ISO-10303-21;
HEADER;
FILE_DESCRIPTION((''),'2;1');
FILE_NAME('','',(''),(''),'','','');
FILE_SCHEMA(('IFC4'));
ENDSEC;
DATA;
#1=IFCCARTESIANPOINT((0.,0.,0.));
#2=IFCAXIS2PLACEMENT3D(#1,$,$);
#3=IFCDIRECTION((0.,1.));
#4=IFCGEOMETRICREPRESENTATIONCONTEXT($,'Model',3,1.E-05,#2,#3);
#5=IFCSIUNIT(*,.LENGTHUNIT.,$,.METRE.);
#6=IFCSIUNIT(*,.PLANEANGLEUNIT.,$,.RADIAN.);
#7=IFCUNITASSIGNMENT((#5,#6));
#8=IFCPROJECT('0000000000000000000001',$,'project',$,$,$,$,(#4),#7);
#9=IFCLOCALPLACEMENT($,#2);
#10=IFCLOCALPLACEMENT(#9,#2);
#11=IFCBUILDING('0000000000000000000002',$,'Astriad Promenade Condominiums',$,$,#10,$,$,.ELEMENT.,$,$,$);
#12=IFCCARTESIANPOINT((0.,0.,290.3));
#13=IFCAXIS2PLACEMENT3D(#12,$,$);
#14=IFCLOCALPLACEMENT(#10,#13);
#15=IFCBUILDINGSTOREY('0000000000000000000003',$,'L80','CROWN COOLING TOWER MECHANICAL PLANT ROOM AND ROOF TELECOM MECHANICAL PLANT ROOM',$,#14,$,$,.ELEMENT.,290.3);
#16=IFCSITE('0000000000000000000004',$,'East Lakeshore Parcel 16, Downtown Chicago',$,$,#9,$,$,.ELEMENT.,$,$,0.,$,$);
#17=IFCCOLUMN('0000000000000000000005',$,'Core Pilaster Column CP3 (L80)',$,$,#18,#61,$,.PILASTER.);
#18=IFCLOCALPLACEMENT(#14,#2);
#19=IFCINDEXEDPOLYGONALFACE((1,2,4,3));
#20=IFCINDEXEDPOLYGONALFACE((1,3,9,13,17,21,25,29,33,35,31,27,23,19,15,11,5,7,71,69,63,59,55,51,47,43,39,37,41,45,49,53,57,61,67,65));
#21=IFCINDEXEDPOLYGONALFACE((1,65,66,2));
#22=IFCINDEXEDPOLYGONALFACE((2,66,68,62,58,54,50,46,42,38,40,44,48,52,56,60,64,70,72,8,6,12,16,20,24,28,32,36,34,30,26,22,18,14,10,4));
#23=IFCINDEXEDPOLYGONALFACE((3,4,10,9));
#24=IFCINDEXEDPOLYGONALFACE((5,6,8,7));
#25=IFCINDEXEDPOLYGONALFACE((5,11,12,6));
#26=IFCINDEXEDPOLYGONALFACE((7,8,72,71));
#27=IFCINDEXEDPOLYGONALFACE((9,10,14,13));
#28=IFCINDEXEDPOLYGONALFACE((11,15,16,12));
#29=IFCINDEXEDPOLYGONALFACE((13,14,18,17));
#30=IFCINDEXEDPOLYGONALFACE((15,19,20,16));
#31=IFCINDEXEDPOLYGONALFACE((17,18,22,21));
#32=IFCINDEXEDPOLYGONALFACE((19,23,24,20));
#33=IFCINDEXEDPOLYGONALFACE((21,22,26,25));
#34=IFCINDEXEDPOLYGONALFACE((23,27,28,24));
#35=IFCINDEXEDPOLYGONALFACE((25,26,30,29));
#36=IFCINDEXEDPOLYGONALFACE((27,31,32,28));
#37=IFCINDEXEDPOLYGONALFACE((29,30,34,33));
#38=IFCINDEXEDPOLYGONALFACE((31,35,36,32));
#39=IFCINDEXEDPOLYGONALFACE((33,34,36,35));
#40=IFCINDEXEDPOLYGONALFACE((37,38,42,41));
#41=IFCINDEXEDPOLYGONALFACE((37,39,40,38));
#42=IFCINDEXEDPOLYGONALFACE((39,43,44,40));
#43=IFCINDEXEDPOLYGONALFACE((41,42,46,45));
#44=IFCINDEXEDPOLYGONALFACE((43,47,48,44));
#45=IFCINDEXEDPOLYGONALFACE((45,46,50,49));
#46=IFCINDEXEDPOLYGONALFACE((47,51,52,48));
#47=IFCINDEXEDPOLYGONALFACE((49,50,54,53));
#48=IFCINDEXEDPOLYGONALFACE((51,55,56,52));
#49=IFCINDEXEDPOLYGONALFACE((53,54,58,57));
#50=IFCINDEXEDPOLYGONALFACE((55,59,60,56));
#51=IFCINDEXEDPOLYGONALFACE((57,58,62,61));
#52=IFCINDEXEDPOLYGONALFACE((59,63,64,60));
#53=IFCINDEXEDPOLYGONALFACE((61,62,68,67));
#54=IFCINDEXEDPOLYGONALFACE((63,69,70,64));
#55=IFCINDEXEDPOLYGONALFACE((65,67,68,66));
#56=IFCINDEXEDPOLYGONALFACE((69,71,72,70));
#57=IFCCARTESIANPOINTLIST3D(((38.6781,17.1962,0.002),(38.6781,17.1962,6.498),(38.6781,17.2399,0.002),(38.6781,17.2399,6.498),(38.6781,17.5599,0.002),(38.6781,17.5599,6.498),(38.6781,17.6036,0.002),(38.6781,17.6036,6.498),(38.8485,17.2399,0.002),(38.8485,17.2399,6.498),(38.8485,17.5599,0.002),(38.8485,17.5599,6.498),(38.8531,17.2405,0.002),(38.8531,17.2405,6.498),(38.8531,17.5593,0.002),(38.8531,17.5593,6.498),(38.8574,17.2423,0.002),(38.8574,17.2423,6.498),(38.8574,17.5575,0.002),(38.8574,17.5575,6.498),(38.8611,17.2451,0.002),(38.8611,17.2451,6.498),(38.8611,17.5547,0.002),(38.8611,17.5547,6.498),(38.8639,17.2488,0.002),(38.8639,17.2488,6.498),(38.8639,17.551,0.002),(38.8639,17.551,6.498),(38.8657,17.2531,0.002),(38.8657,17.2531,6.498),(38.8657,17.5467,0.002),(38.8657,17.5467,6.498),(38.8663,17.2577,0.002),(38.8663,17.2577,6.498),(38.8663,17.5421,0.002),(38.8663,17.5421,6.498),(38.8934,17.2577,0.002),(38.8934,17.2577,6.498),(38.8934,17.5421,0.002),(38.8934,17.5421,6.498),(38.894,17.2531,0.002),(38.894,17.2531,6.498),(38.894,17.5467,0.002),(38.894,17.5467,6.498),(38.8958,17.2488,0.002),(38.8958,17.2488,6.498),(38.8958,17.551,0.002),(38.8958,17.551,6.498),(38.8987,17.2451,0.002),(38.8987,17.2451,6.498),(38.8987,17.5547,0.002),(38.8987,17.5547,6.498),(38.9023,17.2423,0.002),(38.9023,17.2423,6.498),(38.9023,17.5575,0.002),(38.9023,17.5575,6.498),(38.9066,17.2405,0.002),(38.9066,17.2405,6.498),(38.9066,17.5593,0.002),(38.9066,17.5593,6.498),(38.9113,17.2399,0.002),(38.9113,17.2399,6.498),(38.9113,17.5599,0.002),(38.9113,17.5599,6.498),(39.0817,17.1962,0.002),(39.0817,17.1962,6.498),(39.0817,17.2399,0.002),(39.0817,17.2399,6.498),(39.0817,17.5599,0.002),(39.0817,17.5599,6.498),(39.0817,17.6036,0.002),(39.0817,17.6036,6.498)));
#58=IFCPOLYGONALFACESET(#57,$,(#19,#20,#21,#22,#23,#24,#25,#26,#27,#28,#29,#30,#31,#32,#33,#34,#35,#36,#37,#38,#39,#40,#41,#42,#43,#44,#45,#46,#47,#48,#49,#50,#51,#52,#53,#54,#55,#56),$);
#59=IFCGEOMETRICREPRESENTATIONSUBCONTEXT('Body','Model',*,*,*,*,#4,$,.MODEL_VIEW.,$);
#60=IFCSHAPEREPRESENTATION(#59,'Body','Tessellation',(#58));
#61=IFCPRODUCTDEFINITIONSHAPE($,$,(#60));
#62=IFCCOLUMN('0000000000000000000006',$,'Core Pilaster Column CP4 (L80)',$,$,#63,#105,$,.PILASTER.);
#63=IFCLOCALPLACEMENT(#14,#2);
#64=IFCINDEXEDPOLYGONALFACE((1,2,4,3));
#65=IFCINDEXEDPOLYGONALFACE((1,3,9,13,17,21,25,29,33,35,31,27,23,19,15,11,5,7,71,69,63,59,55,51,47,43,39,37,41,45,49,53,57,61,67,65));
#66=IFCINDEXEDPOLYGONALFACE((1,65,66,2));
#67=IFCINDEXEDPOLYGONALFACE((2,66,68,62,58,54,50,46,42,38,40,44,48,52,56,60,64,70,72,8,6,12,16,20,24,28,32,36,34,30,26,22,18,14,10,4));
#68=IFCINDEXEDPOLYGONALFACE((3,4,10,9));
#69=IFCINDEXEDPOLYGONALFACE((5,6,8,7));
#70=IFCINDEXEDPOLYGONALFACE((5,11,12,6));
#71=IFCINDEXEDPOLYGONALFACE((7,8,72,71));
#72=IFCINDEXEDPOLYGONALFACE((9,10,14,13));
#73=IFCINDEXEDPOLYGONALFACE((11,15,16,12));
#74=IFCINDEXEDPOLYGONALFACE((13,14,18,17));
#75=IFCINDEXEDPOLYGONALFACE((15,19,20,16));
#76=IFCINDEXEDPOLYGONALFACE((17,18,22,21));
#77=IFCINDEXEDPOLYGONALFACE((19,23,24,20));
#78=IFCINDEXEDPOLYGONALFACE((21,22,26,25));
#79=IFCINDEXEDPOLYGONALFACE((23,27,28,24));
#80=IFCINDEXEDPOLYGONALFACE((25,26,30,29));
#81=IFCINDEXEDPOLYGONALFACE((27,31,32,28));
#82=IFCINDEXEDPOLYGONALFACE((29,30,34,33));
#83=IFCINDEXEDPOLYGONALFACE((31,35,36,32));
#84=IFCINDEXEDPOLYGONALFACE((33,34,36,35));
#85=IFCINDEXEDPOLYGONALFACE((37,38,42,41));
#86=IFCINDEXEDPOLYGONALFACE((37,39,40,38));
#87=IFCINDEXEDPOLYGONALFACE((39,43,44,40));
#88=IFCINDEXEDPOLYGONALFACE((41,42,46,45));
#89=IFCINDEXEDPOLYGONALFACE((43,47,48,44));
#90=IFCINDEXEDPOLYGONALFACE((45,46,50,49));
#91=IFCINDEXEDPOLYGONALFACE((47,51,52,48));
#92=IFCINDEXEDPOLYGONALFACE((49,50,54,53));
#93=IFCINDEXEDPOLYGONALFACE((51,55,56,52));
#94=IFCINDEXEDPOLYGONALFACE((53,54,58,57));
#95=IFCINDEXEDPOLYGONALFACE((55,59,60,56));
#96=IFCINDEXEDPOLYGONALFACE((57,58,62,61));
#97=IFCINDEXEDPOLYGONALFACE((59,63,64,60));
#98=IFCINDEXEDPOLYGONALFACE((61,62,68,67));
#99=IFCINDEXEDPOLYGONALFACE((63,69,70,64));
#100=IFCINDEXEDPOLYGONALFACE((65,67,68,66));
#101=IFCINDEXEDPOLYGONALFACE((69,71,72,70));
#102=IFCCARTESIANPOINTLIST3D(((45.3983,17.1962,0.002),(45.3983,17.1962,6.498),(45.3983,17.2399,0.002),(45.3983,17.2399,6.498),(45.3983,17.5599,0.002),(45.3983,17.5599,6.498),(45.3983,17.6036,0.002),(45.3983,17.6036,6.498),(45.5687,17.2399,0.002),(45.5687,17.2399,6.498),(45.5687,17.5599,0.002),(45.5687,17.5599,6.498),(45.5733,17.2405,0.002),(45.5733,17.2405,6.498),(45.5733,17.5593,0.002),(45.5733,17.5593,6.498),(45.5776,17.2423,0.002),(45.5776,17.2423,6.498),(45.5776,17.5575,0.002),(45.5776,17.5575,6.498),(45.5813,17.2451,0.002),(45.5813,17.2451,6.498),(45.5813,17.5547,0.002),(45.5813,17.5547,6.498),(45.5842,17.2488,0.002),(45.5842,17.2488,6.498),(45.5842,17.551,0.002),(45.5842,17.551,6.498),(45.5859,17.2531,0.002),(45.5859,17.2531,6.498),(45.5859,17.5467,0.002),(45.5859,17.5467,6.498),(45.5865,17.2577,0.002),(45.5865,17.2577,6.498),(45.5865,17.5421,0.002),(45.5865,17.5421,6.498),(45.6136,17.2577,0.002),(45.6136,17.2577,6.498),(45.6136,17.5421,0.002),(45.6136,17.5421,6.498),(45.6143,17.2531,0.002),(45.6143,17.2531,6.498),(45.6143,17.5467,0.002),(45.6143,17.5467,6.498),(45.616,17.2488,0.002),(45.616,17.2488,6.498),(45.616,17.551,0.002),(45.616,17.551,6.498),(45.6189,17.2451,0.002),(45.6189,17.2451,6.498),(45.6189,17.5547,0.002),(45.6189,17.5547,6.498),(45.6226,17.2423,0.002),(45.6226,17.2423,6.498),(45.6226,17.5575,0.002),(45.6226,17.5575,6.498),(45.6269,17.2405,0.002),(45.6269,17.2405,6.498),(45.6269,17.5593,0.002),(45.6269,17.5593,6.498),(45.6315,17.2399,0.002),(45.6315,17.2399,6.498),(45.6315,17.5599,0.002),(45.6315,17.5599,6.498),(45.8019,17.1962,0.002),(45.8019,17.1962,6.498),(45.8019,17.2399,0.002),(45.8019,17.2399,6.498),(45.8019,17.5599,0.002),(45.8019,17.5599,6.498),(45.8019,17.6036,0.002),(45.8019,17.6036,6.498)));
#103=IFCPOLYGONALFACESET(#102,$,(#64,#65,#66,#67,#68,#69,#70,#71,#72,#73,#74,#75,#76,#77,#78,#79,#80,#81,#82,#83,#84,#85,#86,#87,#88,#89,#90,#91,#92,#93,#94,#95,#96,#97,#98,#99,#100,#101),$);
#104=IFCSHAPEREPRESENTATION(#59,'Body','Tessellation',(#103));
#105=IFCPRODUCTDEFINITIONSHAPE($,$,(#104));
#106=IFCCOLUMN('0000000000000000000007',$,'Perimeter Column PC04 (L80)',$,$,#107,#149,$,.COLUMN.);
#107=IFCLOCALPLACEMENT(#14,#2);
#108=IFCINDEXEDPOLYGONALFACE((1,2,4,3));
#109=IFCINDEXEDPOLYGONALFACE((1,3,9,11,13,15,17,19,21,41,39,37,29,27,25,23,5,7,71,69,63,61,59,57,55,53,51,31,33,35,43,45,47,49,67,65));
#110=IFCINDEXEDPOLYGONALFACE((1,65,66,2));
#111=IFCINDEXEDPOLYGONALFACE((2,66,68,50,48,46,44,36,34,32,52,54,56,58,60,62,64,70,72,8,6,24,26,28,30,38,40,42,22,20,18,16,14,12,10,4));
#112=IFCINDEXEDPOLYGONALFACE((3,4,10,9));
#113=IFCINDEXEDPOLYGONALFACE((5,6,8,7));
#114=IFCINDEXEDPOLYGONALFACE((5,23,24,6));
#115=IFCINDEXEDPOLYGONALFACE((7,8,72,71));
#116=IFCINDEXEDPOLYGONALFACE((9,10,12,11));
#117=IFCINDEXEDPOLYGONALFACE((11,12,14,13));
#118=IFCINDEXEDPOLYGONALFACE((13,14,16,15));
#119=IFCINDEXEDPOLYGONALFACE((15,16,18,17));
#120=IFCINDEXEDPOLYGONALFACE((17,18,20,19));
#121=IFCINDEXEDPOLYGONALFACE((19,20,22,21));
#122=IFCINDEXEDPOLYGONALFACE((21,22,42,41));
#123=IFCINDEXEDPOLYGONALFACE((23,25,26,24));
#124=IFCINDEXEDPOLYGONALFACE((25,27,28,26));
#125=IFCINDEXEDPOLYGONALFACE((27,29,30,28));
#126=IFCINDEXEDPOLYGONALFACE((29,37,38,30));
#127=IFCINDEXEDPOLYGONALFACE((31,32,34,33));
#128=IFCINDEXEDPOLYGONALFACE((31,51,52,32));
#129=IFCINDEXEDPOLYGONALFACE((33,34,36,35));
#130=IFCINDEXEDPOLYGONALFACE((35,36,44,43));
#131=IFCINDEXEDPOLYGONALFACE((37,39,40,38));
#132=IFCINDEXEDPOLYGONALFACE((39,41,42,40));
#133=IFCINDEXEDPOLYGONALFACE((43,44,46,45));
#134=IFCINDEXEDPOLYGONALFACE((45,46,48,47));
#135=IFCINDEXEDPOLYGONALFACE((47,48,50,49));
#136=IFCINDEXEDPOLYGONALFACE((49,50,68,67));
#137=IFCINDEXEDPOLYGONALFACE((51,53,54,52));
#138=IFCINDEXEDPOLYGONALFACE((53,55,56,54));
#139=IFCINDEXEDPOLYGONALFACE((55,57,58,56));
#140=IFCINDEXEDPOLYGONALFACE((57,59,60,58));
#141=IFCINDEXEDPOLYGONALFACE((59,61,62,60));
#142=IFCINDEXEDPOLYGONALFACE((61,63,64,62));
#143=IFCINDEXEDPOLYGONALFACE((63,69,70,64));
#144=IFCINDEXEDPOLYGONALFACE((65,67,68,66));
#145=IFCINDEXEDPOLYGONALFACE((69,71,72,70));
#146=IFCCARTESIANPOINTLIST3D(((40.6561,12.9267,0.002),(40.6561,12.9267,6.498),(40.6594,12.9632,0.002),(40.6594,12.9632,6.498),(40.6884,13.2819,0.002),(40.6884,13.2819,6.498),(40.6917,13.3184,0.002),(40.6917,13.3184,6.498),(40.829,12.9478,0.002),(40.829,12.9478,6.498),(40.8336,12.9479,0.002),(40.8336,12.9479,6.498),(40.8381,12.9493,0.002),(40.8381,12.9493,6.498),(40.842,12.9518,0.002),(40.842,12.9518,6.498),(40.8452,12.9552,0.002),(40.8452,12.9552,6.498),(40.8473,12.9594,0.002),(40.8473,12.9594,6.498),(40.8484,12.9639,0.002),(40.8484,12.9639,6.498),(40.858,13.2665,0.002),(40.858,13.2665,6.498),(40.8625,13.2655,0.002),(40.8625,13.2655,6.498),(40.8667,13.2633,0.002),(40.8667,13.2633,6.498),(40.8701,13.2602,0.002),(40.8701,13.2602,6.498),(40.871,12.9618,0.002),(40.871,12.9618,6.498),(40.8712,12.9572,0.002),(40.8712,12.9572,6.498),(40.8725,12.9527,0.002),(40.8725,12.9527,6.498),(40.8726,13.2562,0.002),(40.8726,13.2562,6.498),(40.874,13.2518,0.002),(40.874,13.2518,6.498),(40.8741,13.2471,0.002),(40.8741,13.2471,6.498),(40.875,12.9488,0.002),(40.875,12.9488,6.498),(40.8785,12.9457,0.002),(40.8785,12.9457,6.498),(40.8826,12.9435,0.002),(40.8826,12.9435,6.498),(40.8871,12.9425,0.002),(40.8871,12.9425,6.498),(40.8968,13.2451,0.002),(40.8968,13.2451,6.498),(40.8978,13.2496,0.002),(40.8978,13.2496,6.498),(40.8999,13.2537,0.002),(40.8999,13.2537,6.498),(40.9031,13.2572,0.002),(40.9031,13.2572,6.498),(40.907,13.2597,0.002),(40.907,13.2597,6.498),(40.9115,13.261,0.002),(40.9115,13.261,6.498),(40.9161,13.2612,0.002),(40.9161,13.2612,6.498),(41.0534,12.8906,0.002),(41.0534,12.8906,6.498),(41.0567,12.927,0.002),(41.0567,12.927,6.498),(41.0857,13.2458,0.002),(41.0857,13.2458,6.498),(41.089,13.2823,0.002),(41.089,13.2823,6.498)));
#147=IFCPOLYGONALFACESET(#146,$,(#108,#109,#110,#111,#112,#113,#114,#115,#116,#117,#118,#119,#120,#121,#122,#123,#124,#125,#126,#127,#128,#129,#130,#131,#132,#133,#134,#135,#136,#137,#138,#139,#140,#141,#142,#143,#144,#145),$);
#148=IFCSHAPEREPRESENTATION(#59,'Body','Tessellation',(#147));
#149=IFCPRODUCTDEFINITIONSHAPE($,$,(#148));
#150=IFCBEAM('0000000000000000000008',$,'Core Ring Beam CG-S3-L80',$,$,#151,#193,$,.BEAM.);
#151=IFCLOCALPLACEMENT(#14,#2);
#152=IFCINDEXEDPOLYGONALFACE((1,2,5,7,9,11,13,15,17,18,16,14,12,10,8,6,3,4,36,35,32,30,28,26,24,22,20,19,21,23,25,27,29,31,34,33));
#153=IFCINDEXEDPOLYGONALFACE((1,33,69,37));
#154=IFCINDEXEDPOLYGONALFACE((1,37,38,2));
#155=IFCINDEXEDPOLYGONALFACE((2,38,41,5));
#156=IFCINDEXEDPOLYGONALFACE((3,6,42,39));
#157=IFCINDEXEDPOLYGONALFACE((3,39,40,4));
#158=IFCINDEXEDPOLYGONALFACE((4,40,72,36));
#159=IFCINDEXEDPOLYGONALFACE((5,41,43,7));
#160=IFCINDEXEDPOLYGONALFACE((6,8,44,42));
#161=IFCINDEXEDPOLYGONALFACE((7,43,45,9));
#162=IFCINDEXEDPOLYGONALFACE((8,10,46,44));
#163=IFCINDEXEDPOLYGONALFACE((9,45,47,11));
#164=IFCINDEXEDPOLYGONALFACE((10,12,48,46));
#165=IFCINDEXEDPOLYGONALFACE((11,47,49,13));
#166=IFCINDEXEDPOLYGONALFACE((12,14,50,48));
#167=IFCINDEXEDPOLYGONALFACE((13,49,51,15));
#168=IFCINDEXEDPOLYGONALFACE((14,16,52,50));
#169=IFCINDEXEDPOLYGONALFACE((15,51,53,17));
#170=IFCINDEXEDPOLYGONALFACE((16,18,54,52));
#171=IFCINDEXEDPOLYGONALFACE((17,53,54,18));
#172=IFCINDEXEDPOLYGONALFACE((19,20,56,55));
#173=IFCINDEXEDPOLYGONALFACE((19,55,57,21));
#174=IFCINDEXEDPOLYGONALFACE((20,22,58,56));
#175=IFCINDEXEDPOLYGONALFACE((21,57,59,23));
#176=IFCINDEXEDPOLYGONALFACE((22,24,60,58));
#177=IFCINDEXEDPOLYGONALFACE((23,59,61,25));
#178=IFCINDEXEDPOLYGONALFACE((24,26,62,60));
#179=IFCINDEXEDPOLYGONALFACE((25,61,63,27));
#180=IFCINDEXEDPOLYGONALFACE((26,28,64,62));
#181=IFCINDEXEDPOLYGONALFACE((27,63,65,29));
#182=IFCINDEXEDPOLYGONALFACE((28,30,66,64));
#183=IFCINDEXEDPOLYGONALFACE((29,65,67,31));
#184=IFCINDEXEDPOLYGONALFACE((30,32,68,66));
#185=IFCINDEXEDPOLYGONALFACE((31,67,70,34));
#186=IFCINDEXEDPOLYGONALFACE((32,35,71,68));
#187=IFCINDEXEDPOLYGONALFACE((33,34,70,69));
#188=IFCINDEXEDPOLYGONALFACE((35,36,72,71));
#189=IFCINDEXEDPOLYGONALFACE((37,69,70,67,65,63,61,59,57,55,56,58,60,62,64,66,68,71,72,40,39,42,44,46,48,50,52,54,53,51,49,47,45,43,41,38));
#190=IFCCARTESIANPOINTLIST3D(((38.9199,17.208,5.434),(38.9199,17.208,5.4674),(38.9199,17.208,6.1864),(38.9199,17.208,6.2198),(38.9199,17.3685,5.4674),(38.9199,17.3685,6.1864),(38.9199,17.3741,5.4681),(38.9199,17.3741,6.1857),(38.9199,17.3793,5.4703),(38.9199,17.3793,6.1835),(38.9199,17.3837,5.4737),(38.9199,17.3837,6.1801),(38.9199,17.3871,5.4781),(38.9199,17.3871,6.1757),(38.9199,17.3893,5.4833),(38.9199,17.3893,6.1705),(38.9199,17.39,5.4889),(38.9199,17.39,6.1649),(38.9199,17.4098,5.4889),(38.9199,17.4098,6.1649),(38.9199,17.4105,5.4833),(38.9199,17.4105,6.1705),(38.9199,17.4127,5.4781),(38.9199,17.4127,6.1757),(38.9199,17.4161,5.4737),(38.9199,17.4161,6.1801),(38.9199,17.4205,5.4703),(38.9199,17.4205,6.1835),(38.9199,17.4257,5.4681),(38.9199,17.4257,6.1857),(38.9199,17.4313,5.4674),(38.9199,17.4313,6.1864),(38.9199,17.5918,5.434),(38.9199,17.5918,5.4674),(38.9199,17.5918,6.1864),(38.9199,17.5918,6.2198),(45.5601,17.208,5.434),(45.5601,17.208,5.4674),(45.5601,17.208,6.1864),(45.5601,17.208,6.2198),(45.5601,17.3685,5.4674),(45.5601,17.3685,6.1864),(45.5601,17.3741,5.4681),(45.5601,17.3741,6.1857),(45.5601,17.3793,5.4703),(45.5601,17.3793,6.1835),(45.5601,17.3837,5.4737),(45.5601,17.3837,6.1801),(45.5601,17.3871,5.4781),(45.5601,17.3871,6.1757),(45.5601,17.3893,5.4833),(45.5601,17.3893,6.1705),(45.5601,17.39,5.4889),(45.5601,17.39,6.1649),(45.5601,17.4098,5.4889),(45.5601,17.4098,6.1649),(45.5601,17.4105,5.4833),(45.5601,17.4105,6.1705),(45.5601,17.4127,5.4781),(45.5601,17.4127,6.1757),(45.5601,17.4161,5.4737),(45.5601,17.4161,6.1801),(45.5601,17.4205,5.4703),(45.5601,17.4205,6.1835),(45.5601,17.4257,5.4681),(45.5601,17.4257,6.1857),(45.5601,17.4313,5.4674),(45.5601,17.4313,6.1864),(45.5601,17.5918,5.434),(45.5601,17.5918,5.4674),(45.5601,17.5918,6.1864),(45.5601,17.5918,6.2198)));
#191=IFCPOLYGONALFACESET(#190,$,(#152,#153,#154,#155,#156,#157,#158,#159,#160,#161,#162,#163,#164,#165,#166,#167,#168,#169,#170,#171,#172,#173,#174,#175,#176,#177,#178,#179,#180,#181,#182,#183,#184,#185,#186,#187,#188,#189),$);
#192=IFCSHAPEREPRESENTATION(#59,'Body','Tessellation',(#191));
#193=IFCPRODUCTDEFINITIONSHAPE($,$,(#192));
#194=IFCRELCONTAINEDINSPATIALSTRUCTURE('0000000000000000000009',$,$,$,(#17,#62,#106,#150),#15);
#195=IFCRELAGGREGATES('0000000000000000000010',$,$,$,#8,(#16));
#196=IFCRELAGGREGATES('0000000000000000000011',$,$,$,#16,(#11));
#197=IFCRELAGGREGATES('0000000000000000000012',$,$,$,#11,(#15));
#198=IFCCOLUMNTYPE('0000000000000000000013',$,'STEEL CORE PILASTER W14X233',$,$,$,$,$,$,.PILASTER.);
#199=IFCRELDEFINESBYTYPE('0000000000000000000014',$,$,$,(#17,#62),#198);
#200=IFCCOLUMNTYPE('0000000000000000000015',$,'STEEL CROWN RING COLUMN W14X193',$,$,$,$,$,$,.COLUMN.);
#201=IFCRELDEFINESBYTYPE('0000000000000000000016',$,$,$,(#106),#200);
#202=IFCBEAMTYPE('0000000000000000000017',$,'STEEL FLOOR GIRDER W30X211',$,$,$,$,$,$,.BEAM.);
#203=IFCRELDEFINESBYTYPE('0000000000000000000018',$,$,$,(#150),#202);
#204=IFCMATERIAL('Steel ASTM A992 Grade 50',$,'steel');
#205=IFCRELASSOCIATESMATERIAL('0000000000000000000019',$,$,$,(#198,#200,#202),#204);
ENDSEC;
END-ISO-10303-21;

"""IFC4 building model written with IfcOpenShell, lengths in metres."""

from ifc_helpers import new_model, si_unit, direction, frame, origin, origin_2d, place, context, subcontext, project, spatial, i_section, extrude, source, transform, mapped, material, material_profile, profile_set, type_object, type_shapes, element, save


model = new_model("IFC4")

# Units and contexts
model_context = context("Model", 3, precision=1e-05, world=origin(), true_north=direction((0.0, 1.0)))
body_context = subcontext(model_context, "Body", "Model", "MODEL_VIEW")
ifc_project = project(units=[si_unit("LENGTHUNIT", "METRE"), si_unit("PLANEANGLEUNIT", "RADIAN")], contexts=[model_context])

# Site, building, storey
site_placement = place(None, origin())
site = spatial("IfcSite", under=ifc_project, at=site_placement, Name="East Lakeshore Parcel 16, Downtown Chicago", CompositionType="ELEMENT", RefElevation=0.0)
building_placement = place(site_placement, origin())
building = spatial("IfcBuilding", under=site, at=building_placement, Name="Astriad Promenade Condominiums", CompositionType="ELEMENT")
storey_placement = place(building_placement, frame((0.0, 0.0, 290.3)))
storey = spatial("IfcBuildingStorey", under=building, at=storey_placement, Name="L80", Description="CROWN COOLING TOWER MECHANICAL PLANT ROOM AND ROOF TELECOM MECHANICAL PLANT ROOM", CompositionType="ELEMENT", Elevation=290.3)

# Columns
ifc_material_1 = material(Name="Steel ASTM A992 Grade 50", Category="steel")
ifc_material_profile_1 = material_profile(ifc_material_1, i_section(OverallWidth=0.4036, OverallDepth=0.4075, WebThickness=0.0271, FlangeThickness=0.0437, FilletRadius=0.0178, at=origin_2d()), Name="W14X233")
ifc_profile_set_1 = profile_set([ifc_material_profile_1], Name="Steel ASTM A992 Grade 50")
column_type_1 = type_object("IfcColumnType", Name="STEEL CORE PILASTER W14X233", PredefinedType="PILASTER", material=ifc_profile_set_1)
shared_shape_1 = source(origin(), body_context, "Body", "SweptSolid", [
    extrude(i_section(OverallWidth=0.4036, OverallDepth=0.4075, WebThickness=0.0271, FlangeThickness=0.0437, FilletRadius=0.0178, at=origin_2d()), origin(), (0.0, 0.0, 1.0), 6.4961),
])
type_shapes(column_type_1, [shared_shape_1])
for number, where, z_axis, x_axis, name in (
    (1, (38.8799, 17.3999, 0.002), (0.0, 0.0, 1.0), (1.0, 0.0, 0.0), "Core Pilaster Column CP3 (L80)"),
    (2, (45.6001, 17.3999, 0.002), (0.0, 0.0, 1.0), (1.0, 0.0, 0.0), "Core Pilaster Column CP4 (L80)"),
):
    element("IfcColumn", number, at=place(storey_placement, frame(where, z_axis=z_axis, x_axis=x_axis)), inside=storey, type_object=column_type_1, Name=name, PredefinedType="PILASTER", context=body_context, shape_type="MappedRepresentation", body=[
        mapped(shared_shape_1, transform((0.0, 0.0, 0.0), scale=1.0)),
    ])
ifc_material_profile_2 = material_profile(ifc_material_1, i_section(OverallWidth=0.3989, OverallDepth=0.3933, WebThickness=0.0227, FlangeThickness=0.0366, FilletRadius=0.0178, at=origin_2d()), Name="W14X193")
ifc_profile_set_2 = profile_set([ifc_material_profile_2], Name="Steel ASTM A992 Grade 50")
column_type_2 = type_object("IfcColumnType", Name="STEEL CROWN RING COLUMN W14X193", PredefinedType="COLUMN", material=ifc_profile_set_2)
shared_shape_2 = source(origin(), body_context, "Body", "SweptSolid", [
    extrude(i_section(OverallWidth=0.3989, OverallDepth=0.3933, WebThickness=0.0227, FlangeThickness=0.0366, FilletRadius=0.0178, at=origin_2d()), origin(), (0.0, 0.0, 1.0), 6.4961),
])
type_shapes(column_type_2, [shared_shape_2])
column_placement = place(storey_placement, frame((40.8726, 13.1045, 0.002), z_axis=(0.0, 0.0, 1.0), x_axis=(0.995884, -0.090633, 0.0)))
element("IfcColumn", 3, at=column_placement, inside=storey, type_object=column_type_2, Name="Perimeter Column PC04 (L80)", PredefinedType="COLUMN", context=body_context, shape_type="MappedRepresentation", body=[
    mapped(shared_shape_2, transform((0.0, 0.0, 0.0), scale=1.0)),
])

# Beam
ifc_material_profile_3 = material_profile(ifc_material_1, i_section(OverallWidth=0.3838, OverallDepth=0.7859, WebThickness=0.0198, FlangeThickness=0.0334, FilletRadius=0.0215, at=origin_2d()), Name="W30X211")
ifc_profile_set_3 = profile_set([ifc_material_profile_3], Name="Steel ASTM A992 Grade 50")
beam_type_1 = type_object("IfcBeamType", Name="STEEL FLOOR GIRDER W30X211", PredefinedType="BEAM", material=ifc_profile_set_3)
shared_shape_3 = source(origin(), body_context, "Body", "SweptSolid", [
    extrude(i_section(OverallWidth=0.3838, OverallDepth=0.7859, WebThickness=0.0198, FlangeThickness=0.0334, FilletRadius=0.0215, at=origin_2d()), origin(), (0.0, 0.0, 1.0), 6.6401),
])
type_shapes(beam_type_1, [shared_shape_3])
beam_1_placement = place(storey_placement, frame((38.9199, 17.3999, 5.8269), z_axis=(1.0, 0.0, 0.0), x_axis=(0.0, 1.0, 0.0)))
element("IfcBeam", 4, at=beam_1_placement, inside=storey, type_object=beam_type_1, Name="Core Ring Beam CG-S3-L80", PredefinedType="BEAM", context=body_context, shape_type="MappedRepresentation", body=[
    mapped(shared_shape_3, transform((0.0, 0.0, 0.0), scale=1.0)),
])

save(model, "model.ifc")
